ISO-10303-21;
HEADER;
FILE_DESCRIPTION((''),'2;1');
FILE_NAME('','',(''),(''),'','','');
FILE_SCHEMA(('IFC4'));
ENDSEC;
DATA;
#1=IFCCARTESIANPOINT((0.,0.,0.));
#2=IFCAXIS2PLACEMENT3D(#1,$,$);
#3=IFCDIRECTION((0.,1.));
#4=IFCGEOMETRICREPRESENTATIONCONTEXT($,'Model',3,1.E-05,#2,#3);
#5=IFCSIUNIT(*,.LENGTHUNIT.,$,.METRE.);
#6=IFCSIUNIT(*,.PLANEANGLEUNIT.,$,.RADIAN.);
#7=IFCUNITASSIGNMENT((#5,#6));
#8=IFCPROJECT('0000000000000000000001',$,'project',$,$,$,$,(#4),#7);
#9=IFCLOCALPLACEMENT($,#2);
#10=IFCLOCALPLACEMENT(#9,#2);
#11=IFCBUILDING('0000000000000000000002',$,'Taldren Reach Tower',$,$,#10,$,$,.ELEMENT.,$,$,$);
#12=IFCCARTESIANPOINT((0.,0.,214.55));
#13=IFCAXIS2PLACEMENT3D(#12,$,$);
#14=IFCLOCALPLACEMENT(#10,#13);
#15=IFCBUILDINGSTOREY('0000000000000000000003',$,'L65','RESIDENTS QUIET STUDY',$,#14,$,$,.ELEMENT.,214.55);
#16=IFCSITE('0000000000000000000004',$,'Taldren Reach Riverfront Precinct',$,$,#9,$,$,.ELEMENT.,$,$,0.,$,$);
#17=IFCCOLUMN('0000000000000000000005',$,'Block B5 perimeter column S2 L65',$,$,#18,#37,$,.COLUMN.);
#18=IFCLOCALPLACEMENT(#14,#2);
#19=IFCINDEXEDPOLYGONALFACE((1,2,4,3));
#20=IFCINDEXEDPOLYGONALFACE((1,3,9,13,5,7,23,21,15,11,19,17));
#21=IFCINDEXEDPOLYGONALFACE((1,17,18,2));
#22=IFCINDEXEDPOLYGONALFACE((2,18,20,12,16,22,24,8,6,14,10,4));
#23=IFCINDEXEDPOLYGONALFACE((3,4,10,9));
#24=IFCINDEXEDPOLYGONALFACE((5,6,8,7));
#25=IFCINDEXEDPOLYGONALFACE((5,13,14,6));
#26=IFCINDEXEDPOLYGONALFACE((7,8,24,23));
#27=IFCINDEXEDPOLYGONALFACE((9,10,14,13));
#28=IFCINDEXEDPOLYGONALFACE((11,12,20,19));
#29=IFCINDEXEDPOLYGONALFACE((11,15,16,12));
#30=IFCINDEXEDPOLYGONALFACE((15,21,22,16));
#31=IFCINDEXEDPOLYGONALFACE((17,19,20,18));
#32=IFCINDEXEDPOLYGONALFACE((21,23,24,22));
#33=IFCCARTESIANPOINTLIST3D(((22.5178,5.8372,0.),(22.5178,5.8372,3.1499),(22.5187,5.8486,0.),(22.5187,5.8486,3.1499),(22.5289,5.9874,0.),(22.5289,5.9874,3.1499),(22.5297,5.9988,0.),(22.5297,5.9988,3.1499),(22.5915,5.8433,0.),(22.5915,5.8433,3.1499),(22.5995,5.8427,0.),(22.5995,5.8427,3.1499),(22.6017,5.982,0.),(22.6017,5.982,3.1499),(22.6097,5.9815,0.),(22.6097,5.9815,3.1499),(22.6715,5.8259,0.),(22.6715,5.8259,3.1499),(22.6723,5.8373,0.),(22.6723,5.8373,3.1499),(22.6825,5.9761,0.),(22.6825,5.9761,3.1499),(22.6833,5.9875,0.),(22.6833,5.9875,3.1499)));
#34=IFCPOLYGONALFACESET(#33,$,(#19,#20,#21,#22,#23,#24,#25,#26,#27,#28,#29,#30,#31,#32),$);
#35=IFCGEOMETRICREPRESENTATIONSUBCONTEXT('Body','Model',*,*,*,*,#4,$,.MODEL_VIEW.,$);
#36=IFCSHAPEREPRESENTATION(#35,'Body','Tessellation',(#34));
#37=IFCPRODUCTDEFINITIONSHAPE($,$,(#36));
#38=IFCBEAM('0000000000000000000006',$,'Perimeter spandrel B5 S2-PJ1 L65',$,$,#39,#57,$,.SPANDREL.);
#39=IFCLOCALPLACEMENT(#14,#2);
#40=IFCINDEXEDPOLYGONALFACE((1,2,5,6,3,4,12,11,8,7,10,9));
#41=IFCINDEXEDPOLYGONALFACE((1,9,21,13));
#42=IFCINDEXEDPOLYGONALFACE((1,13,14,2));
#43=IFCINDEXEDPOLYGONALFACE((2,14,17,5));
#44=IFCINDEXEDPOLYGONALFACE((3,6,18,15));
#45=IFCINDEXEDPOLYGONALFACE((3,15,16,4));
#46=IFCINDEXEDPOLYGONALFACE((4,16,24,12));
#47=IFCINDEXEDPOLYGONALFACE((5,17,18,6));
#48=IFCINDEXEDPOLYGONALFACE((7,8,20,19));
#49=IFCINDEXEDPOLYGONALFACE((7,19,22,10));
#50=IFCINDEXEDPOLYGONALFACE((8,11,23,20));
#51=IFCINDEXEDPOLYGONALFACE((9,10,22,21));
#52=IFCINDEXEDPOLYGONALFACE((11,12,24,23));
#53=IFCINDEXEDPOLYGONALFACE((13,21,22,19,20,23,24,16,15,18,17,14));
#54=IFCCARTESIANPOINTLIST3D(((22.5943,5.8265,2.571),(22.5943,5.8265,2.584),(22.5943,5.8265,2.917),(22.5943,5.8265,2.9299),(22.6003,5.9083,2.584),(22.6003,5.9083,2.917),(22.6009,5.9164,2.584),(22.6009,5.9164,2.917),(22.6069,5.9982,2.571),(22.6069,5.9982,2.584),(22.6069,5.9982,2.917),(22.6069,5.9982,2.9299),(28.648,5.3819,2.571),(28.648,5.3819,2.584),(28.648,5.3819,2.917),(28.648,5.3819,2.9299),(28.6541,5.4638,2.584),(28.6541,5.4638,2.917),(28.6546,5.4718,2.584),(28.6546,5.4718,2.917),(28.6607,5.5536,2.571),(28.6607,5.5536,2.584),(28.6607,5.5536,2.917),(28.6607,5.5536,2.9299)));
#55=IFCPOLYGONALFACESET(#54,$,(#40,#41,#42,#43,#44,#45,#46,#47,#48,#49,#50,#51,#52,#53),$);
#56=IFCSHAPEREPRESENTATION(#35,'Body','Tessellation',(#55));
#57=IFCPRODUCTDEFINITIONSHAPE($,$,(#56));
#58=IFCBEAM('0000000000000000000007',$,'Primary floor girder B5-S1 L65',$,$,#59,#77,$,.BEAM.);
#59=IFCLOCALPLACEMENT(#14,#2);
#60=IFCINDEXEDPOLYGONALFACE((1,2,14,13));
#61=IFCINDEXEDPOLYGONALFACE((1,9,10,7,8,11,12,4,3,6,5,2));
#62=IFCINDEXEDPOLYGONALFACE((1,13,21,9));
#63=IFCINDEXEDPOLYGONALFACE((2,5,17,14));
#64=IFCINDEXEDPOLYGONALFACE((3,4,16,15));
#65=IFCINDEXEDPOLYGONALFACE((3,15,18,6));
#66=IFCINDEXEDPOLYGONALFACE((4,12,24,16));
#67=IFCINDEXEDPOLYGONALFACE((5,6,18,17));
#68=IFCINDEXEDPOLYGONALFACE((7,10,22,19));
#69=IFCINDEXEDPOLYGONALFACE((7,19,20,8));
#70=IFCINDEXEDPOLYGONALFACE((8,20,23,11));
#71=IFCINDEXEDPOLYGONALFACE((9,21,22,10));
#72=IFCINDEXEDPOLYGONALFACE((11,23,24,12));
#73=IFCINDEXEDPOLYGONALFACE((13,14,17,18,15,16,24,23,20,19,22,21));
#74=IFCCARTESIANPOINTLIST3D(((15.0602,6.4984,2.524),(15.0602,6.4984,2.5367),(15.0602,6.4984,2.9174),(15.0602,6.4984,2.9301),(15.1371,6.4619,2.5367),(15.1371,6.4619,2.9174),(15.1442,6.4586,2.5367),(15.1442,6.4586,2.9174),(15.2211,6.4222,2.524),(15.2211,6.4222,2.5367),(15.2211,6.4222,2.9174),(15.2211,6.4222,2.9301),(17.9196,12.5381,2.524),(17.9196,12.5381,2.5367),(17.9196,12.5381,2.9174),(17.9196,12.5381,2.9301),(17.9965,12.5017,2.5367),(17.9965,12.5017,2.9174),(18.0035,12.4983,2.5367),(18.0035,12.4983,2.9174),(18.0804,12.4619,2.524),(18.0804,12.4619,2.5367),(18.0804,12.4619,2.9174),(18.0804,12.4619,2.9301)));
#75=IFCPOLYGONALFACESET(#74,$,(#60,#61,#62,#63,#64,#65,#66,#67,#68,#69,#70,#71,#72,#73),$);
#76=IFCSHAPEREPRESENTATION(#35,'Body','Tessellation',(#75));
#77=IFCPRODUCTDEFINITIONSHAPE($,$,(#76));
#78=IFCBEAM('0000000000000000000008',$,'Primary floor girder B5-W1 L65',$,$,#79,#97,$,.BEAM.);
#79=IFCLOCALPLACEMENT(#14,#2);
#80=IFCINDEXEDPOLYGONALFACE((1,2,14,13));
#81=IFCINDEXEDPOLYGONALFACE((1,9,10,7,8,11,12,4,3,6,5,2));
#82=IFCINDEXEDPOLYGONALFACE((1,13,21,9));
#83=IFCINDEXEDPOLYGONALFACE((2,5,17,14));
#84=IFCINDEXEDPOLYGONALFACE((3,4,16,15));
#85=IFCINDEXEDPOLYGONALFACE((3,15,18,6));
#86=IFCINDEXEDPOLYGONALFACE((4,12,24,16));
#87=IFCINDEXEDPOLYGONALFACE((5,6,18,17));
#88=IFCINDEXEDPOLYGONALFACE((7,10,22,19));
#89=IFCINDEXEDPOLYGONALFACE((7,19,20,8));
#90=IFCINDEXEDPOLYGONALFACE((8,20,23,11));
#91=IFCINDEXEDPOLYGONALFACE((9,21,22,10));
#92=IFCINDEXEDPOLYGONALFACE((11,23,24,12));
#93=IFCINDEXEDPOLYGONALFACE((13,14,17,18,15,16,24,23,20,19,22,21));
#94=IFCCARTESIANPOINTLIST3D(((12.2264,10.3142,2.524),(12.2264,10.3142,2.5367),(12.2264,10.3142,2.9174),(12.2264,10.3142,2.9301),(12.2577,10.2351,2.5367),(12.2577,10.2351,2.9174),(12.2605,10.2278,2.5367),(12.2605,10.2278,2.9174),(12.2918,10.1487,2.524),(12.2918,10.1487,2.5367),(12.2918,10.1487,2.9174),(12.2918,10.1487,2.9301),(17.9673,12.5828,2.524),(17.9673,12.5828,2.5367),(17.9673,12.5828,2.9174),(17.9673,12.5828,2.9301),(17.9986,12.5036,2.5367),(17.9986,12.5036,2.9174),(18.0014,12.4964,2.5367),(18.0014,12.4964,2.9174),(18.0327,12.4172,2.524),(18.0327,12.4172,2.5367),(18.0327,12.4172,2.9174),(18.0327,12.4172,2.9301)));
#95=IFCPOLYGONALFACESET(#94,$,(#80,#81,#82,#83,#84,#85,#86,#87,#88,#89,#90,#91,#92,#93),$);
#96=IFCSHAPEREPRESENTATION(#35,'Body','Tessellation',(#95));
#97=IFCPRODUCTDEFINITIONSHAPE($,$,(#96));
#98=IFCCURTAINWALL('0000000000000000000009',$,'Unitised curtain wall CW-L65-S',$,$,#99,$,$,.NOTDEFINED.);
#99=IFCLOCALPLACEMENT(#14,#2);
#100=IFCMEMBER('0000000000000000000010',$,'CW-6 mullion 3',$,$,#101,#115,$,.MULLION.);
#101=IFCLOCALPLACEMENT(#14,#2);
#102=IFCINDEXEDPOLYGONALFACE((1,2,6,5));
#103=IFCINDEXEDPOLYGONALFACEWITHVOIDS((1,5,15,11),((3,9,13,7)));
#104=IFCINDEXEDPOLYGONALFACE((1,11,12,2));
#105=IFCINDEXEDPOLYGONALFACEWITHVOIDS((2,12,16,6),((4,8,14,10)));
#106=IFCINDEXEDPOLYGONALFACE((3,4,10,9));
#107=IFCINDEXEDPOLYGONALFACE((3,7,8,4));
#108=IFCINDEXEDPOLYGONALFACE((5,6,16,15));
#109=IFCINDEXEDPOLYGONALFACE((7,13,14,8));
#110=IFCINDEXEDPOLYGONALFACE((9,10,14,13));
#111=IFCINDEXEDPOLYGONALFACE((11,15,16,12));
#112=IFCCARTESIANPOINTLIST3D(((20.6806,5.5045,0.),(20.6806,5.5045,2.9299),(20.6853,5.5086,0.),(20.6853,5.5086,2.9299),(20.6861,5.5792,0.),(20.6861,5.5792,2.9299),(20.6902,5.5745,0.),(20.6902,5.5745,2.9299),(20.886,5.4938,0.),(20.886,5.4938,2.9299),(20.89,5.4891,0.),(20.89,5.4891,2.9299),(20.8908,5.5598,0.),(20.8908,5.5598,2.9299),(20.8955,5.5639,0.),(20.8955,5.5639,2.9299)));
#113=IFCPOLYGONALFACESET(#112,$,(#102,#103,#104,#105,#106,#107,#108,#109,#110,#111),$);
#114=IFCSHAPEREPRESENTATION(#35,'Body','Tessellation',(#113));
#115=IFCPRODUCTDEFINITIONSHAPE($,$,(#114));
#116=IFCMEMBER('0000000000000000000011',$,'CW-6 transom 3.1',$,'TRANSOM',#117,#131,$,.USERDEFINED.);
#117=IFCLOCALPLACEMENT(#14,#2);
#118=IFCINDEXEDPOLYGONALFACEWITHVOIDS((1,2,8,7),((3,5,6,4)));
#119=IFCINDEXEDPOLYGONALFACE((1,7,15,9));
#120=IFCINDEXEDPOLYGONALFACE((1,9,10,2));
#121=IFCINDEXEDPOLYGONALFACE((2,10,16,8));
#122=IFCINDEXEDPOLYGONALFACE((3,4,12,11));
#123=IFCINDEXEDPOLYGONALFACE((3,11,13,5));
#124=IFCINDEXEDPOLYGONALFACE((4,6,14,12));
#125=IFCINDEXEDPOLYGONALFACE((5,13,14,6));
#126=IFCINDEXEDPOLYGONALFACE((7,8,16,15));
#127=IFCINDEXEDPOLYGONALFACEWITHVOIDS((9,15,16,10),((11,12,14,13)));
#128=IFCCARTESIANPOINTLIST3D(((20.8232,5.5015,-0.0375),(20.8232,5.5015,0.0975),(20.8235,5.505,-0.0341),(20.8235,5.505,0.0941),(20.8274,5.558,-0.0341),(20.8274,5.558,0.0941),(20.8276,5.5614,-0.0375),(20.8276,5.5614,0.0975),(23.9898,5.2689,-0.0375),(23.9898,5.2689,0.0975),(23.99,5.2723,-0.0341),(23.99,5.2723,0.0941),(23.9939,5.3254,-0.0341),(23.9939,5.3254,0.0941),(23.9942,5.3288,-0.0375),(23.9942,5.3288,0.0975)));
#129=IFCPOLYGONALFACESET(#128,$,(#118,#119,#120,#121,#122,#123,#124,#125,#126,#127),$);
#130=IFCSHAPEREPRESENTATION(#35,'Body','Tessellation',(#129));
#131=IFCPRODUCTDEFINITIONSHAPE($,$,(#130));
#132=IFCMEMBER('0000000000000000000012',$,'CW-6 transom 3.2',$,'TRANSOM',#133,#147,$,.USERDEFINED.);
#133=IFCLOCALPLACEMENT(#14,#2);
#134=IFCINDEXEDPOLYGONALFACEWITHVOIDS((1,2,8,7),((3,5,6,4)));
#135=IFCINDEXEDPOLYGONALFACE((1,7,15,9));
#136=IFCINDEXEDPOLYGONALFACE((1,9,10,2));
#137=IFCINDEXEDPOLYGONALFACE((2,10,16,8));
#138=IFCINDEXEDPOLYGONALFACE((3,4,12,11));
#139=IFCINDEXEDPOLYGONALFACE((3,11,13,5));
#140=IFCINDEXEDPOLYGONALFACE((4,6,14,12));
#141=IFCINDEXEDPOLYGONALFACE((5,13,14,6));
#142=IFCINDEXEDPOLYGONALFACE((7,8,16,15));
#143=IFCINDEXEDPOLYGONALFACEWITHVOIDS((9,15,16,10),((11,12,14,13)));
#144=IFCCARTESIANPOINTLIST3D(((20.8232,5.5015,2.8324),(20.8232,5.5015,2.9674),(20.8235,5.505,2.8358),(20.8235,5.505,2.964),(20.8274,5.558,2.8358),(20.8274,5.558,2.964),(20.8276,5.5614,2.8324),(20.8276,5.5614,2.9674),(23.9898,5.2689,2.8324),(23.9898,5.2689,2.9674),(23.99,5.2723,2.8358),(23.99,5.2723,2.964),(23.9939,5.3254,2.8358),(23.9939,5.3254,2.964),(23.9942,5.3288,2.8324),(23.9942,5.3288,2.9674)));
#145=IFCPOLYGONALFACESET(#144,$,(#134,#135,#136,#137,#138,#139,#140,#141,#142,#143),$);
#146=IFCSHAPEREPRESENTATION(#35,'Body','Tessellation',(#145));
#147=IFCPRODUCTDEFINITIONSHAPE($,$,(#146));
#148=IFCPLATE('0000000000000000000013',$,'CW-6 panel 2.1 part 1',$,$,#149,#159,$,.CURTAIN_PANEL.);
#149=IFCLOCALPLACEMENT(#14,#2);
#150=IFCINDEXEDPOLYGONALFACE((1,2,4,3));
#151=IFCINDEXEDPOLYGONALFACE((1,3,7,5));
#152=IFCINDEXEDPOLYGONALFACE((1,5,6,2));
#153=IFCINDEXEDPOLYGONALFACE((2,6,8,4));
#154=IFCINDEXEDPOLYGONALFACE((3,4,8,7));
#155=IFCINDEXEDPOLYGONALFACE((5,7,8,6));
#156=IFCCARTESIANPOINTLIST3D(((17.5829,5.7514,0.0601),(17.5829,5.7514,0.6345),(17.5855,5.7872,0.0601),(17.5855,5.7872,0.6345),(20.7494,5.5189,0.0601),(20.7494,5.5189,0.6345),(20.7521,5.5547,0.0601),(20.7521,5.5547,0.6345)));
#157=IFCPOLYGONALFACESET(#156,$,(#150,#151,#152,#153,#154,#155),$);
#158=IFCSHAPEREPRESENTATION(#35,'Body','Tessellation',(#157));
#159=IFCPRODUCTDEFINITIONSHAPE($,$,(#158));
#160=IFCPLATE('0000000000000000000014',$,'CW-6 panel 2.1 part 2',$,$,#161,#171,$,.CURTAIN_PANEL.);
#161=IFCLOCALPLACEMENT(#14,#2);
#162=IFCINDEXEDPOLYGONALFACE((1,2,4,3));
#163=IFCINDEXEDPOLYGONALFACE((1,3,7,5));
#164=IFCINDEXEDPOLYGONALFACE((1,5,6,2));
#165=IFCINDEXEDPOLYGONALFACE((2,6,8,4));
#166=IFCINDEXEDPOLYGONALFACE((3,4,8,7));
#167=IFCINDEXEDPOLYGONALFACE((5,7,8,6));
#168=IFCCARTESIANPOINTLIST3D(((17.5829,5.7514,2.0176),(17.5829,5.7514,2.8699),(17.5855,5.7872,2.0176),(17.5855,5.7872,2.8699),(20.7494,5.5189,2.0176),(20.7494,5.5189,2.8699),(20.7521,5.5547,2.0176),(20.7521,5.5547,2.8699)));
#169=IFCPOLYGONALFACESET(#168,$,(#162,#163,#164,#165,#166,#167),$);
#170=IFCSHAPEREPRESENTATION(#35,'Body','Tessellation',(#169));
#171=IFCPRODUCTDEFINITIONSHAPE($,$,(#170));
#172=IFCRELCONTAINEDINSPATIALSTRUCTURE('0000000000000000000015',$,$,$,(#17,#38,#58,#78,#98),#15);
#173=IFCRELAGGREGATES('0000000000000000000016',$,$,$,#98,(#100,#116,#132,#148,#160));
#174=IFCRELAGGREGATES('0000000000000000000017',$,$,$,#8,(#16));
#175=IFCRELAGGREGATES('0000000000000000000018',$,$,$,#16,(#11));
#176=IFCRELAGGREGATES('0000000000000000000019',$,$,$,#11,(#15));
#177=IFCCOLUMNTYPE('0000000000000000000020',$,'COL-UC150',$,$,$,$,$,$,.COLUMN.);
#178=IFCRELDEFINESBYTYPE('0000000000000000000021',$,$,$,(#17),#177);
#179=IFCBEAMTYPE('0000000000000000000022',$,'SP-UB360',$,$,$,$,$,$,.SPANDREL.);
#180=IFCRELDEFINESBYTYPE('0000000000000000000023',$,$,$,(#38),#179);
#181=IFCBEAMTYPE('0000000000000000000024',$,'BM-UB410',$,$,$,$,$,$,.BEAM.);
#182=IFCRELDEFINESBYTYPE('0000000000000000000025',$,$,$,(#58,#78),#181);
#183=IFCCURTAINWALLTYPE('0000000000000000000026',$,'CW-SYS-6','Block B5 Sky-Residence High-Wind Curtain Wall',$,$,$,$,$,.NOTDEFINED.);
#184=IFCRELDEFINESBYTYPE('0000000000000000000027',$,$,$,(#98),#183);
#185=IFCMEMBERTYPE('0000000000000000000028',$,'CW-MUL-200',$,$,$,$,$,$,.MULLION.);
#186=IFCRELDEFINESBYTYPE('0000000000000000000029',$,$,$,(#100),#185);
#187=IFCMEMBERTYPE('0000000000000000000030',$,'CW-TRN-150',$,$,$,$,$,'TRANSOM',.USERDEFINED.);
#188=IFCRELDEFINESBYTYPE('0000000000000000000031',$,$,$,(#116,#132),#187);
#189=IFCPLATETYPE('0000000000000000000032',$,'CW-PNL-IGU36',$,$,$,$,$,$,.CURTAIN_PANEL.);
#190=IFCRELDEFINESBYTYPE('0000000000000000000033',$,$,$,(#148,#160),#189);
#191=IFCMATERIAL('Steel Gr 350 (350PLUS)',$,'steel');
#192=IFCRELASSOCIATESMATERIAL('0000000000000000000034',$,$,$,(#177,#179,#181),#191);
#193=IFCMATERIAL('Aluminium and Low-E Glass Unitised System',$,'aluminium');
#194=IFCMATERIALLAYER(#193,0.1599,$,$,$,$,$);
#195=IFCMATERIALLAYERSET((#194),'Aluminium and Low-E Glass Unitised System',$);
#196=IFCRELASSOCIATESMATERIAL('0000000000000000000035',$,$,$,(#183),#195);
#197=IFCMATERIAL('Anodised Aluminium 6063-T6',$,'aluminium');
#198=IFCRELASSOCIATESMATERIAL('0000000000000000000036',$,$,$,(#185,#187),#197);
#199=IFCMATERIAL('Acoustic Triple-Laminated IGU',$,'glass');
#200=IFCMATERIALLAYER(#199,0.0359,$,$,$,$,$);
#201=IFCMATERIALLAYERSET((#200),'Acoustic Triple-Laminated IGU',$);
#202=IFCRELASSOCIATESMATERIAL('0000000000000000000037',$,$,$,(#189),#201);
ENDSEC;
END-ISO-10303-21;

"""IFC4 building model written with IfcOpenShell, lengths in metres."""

from ifc_helpers import new_model, si_unit, direction, frame, origin, origin_2d, place, context, subcontext, project, spatial, rectangle, hollow_rectangle, i_section, extrude, source, transform, mapped, material, layer, layer_set, material_profile, profile_set, type_object, element, aggregate, save


model = new_model("IFC4")

# Units and contexts
model_context = context("Model", 3, precision=1e-05, world=origin(), true_north=direction((0.0, 1.0)))
body_context = subcontext(model_context, "Body", "Model", "MODEL_VIEW")
ifc_project = project(units=[si_unit("LENGTHUNIT", "METRE"), si_unit("PLANEANGLEUNIT", "RADIAN")], contexts=[model_context])

# Site, building, storey
site_placement = place(None, origin())
site = spatial("IfcSite", under=ifc_project, at=site_placement, Name="Taldren Reach Riverfront Precinct", CompositionType="ELEMENT", RefElevation=0.0)
building_placement = place(site_placement, origin())
building = spatial("IfcBuilding", under=site, at=building_placement, Name="Taldren Reach Tower", CompositionType="ELEMENT")
storey_placement = place(building_placement, frame((0.0, 0.0, 214.55)))
storey = spatial("IfcBuildingStorey", under=building, at=storey_placement, Name="L65", Description="RESIDENTS QUIET STUDY", CompositionType="ELEMENT", Elevation=214.55)

# Column
ifc_material_1 = material(Name="Steel Gr 350 (350PLUS)", Category="steel")
ifc_material_profile_1 = material_profile(ifc_material_1, i_section(OverallWidth=0.1541, OverallDepth=0.1621, WebThickness=0.0081, FlangeThickness=0.0115, at=origin_2d()), Name="150UC37.2")
ifc_profile_set_1 = profile_set([ifc_material_profile_1], Name="Steel Gr 350 (350PLUS)")
column_type = type_object("IfcColumnType", Name="COL-UC150", PredefinedType="COLUMN", material=ifc_profile_set_1)
shared_shape_1 = source(origin(), body_context, "Body", "SweptSolid", [
    extrude(i_section(OverallWidth=0.1541, OverallDepth=0.1621, WebThickness=0.0081, FlangeThickness=0.0115, at=origin_2d()), origin(), (0.0, 0.0, 1.0), 3.1499),
])
column_placement = place(storey_placement, frame((22.6006, 5.9124, 0.0), z_axis=(0.0, 0.0, 1.0), x_axis=(0.997314, -0.073238, 0.0)))
element("IfcColumn", 1, at=column_placement, inside=storey, type_object=column_type, Name="Block B5 perimeter column S2 L65", PredefinedType="COLUMN", context=body_context, shape_type="MappedRepresentation", body=[
    mapped(shared_shape_1, transform((0.0, 0.0, 0.0), scale=1.0)),
])

# Beams
ifc_material_profile_2 = material_profile(ifc_material_1, i_section(OverallWidth=0.1721, OverallDepth=0.3589, WebThickness=0.0081, FlangeThickness=0.0129, at=origin_2d()), Name="360UB56.7")
ifc_profile_set_2 = profile_set([ifc_material_profile_2], Name="Steel Gr 350 (350PLUS)")
beam_type_1 = type_object("IfcBeamType", Name="SP-UB360", PredefinedType="SPANDREL", material=ifc_profile_set_2)
shared_shape_2 = source(origin(), body_context, "Body", "SweptSolid", [
    extrude(i_section(OverallWidth=0.1721, OverallDepth=0.3589, WebThickness=0.0081, FlangeThickness=0.0129, at=origin_2d()), origin(), (0.0, 0.0, 1.0), 6.0701),
])
beam_1_placement = place(storey_placement, frame((22.6006, 5.9124, 2.7505), z_axis=(0.997314, -0.073242, 0.0), x_axis=(0.073242, 0.997314, 0.0)))
element("IfcBeam", 2, at=beam_1_placement, inside=storey, type_object=beam_type_1, Name="Perimeter spandrel B5 S2-PJ1 L65", PredefinedType="SPANDREL", context=body_context, shape_type="MappedRepresentation", body=[
    mapped(shared_shape_2, transform((0.0, 0.0, 0.0), scale=1.0)),
])
ifc_material_profile_3 = material_profile(ifc_material_1, i_section(OverallWidth=0.178, OverallDepth=0.406, WebThickness=0.0078, FlangeThickness=0.0127, at=origin_2d()), Name="410UB59.7")
ifc_profile_set_3 = profile_set([ifc_material_profile_3], Name="Steel Gr 350 (350PLUS)")
beam_type_2 = type_object("IfcBeamType", Name="BM-UB410", PredefinedType="BEAM", material=ifc_profile_set_3)
shared_shape_3 = source(origin(), body_context, "Body", "SweptSolid", [
    extrude(i_section(OverallWidth=0.178, OverallDepth=0.406, WebThickness=0.0078, FlangeThickness=0.0127, at=origin_2d()), origin(), (0.0, 0.0, 1.0), 6.6824),
])
beam_2_placement = place(storey_placement, frame((18.0, 12.5, 2.7271), z_axis=(-0.427893, -0.903829, 0.0), x_axis=(0.903829, -0.427893, 0.0)))
element("IfcBeam", 3, at=beam_2_placement, inside=storey, type_object=beam_type_2, Name="Primary floor girder B5-S1 L65", PredefinedType="BEAM", context=body_context, shape_type="MappedRepresentation", body=[
    mapped(shared_shape_3, transform((0.0, 0.0, 0.0), scale=1.0)),
])
shared_shape_4 = source(origin(), body_context, "Body", "SweptSolid", [
    extrude(i_section(OverallWidth=0.178, OverallDepth=0.406, WebThickness=0.0078, FlangeThickness=0.0127, at=origin_2d()), origin(), (0.0, 0.0, 1.0), 6.1729),
])
beam_3_placement = place(storey_placement, frame((18.0, 12.5, 2.7271), z_axis=(-0.930023, -0.367501, 0.0), x_axis=(0.367501, -0.930023, 0.0)))
element("IfcBeam", 4, at=beam_3_placement, inside=storey, type_object=beam_type_2, Name="Primary floor girder B5-W1 L65", PredefinedType="BEAM", context=body_context, shape_type="MappedRepresentation", body=[
    mapped(shared_shape_4, transform((0.0, 0.0, 0.0), scale=1.0)),
])

# Curtain wall, members, plates
ifc_material_2 = material(Name="Aluminium and Low-E Glass Unitised System", Category="aluminium")
ifc_layer_1 = layer(ifc_material_2, 0.1599)
ifc_layer_set_1 = layer_set([ifc_layer_1], Name="Aluminium and Low-E Glass Unitised System")
curtain_wall_type = type_object("IfcCurtainWallType", Name="CW-SYS-6", Description="Block B5 Sky-Residence High-Wind Curtain Wall", PredefinedType="NOTDEFINED", material=ifc_layer_set_1)
curtain_wall_placement = place(storey_placement, origin())
curtain_wall = element("IfcCurtainWall", 5, at=curtain_wall_placement, inside=storey, type_object=curtain_wall_type, Name="Unitised curtain wall CW-L65-S", PredefinedType="NOTDEFINED")
ifc_material_3 = material(Name="Anodised Aluminium 6063-T6", Category="aluminium")
ifc_material_profile_4 = material_profile(ifc_material_3, hollow_rectangle(XDim=0.075, YDim=0.21, WallThickness=0.0044, at=origin_2d()), Name="ALU-210x75x4.5RHS")
ifc_profile_set_4 = profile_set([ifc_material_profile_4], Name="Anodised Aluminium 6063-T6")
member_type_1 = type_object("IfcMemberType", Name="CW-MUL-200", PredefinedType="MULLION", material=ifc_profile_set_4)
shared_shape_5 = source(origin(), body_context, "Body", "SweptSolid", [
    extrude(hollow_rectangle(XDim=0.075, YDim=0.21, WallThickness=0.0044, at=origin_2d()), origin(), (0.0, 0.0, 1.0), 2.9299),
])
member_1_placement = place(storey_placement, frame((20.7881, 5.5342, 0.0), z_axis=(0.0, 0.0, 1.0), x_axis=(0.073238, 0.997314, 0.0)))
member_1 = element("IfcMember", 6, at=member_1_placement, type_object=member_type_1, Name="CW-6 mullion 3", PredefinedType="MULLION", context=body_context, shape_type="MappedRepresentation", body=[
    mapped(shared_shape_5, transform((0.0, 0.0, 0.0), scale=1.0)),
])
ifc_material_profile_5 = material_profile(ifc_material_3, hollow_rectangle(XDim=0.0601, YDim=0.135, WallThickness=0.0034, at=origin_2d()), Name="ALU-135x60x3.5RHS")
ifc_profile_set_5 = profile_set([ifc_material_profile_5], Name="Anodised Aluminium 6063-T6")
member_type_2 = type_object("IfcMemberType", Name="CW-TRN-150", ElementType="TRANSOM", PredefinedType="USERDEFINED", material=ifc_profile_set_5)
shared_shape_6 = source(origin(), body_context, "Body", "SweptSolid", [
    extrude(hollow_rectangle(XDim=0.0601, YDim=0.135, WallThickness=0.0034, at=origin_2d()), origin(), (0.0, 0.0, 1.0), 3.175),
])
member_2_placement = place(storey_placement, frame((20.8254, 5.5315, 0.03), z_axis=(0.997311, -0.07328, 0.0), x_axis=(0.07328, 0.997311, 0.0)))
member_2 = element("IfcMember", 7, at=member_2_placement, type_object=member_type_2, Name="CW-6 transom 3.1", ObjectType="TRANSOM", PredefinedType="USERDEFINED", context=body_context, shape_type="MappedRepresentation", body=[
    mapped(shared_shape_6, transform((0.0, 0.0, 0.0), scale=1.0)),
])
member_3_placement = place(storey_placement, frame((20.8254, 5.5315, 2.8999), z_axis=(0.997311, -0.07328, 0.0), x_axis=(0.07328, 0.997311, 0.0)))
member_3 = element("IfcMember", 8, at=member_3_placement, type_object=member_type_2, Name="CW-6 transom 3.2", ObjectType="TRANSOM", PredefinedType="USERDEFINED", context=body_context, shape_type="MappedRepresentation", body=[
    mapped(shared_shape_6, transform((0.0, 0.0, 0.0), scale=1.0)),
])
ifc_material_4 = material(Name="Acoustic Triple-Laminated IGU", Category="glass")
ifc_layer_2 = layer(ifc_material_4, 0.0359)
ifc_layer_set_2 = layer_set([ifc_layer_2], Name="Acoustic Triple-Laminated IGU")
plate_type = type_object("IfcPlateType", Name="CW-PNL-IGU36", PredefinedType="CURTAIN_PANEL", material=ifc_layer_set_2)
shared_shape_7 = source(origin(), body_context, "Body", "SweptSolid", [
    extrude(rectangle(XDim=3.175, YDim=0.0359, at=origin_2d()), origin(), (0.0, 0.0, 1.0), 0.5745),
])
plate_1_placement = place(storey_placement, frame((19.1675, 5.6531, 0.0601), z_axis=(0.0, 0.0, 1.0), x_axis=(0.997314, -0.073238, 0.0)))
plate_1 = element("IfcPlate", 9, at=plate_1_placement, type_object=plate_type, Name="CW-6 panel 2.1 part 1", PredefinedType="CURTAIN_PANEL", context=body_context, shape_type="MappedRepresentation", body=[
    mapped(shared_shape_7, transform((0.0, 0.0, 0.0), scale=1.0)),
])
shared_shape_8 = source(origin(), body_context, "Body", "SweptSolid", [
    extrude(rectangle(XDim=3.175, YDim=0.0359, at=origin_2d()), origin(), (0.0, 0.0, 1.0), 0.8523),
])
plate_2_placement = place(storey_placement, frame((19.1675, 5.6531, 2.0176), z_axis=(0.0, 0.0, 1.0), x_axis=(0.997314, -0.073238, 0.0)))
plate_2 = element("IfcPlate", 10, at=plate_2_placement, type_object=plate_type, Name="CW-6 panel 2.1 part 2", PredefinedType="CURTAIN_PANEL", context=body_context, shape_type="MappedRepresentation", body=[
    mapped(shared_shape_8, transform((0.0, 0.0, 0.0), scale=1.0)),
])
aggregate(curtain_wall, [member_1, member_2, member_3, plate_1, plate_2])

save(model, "model.ifc")
